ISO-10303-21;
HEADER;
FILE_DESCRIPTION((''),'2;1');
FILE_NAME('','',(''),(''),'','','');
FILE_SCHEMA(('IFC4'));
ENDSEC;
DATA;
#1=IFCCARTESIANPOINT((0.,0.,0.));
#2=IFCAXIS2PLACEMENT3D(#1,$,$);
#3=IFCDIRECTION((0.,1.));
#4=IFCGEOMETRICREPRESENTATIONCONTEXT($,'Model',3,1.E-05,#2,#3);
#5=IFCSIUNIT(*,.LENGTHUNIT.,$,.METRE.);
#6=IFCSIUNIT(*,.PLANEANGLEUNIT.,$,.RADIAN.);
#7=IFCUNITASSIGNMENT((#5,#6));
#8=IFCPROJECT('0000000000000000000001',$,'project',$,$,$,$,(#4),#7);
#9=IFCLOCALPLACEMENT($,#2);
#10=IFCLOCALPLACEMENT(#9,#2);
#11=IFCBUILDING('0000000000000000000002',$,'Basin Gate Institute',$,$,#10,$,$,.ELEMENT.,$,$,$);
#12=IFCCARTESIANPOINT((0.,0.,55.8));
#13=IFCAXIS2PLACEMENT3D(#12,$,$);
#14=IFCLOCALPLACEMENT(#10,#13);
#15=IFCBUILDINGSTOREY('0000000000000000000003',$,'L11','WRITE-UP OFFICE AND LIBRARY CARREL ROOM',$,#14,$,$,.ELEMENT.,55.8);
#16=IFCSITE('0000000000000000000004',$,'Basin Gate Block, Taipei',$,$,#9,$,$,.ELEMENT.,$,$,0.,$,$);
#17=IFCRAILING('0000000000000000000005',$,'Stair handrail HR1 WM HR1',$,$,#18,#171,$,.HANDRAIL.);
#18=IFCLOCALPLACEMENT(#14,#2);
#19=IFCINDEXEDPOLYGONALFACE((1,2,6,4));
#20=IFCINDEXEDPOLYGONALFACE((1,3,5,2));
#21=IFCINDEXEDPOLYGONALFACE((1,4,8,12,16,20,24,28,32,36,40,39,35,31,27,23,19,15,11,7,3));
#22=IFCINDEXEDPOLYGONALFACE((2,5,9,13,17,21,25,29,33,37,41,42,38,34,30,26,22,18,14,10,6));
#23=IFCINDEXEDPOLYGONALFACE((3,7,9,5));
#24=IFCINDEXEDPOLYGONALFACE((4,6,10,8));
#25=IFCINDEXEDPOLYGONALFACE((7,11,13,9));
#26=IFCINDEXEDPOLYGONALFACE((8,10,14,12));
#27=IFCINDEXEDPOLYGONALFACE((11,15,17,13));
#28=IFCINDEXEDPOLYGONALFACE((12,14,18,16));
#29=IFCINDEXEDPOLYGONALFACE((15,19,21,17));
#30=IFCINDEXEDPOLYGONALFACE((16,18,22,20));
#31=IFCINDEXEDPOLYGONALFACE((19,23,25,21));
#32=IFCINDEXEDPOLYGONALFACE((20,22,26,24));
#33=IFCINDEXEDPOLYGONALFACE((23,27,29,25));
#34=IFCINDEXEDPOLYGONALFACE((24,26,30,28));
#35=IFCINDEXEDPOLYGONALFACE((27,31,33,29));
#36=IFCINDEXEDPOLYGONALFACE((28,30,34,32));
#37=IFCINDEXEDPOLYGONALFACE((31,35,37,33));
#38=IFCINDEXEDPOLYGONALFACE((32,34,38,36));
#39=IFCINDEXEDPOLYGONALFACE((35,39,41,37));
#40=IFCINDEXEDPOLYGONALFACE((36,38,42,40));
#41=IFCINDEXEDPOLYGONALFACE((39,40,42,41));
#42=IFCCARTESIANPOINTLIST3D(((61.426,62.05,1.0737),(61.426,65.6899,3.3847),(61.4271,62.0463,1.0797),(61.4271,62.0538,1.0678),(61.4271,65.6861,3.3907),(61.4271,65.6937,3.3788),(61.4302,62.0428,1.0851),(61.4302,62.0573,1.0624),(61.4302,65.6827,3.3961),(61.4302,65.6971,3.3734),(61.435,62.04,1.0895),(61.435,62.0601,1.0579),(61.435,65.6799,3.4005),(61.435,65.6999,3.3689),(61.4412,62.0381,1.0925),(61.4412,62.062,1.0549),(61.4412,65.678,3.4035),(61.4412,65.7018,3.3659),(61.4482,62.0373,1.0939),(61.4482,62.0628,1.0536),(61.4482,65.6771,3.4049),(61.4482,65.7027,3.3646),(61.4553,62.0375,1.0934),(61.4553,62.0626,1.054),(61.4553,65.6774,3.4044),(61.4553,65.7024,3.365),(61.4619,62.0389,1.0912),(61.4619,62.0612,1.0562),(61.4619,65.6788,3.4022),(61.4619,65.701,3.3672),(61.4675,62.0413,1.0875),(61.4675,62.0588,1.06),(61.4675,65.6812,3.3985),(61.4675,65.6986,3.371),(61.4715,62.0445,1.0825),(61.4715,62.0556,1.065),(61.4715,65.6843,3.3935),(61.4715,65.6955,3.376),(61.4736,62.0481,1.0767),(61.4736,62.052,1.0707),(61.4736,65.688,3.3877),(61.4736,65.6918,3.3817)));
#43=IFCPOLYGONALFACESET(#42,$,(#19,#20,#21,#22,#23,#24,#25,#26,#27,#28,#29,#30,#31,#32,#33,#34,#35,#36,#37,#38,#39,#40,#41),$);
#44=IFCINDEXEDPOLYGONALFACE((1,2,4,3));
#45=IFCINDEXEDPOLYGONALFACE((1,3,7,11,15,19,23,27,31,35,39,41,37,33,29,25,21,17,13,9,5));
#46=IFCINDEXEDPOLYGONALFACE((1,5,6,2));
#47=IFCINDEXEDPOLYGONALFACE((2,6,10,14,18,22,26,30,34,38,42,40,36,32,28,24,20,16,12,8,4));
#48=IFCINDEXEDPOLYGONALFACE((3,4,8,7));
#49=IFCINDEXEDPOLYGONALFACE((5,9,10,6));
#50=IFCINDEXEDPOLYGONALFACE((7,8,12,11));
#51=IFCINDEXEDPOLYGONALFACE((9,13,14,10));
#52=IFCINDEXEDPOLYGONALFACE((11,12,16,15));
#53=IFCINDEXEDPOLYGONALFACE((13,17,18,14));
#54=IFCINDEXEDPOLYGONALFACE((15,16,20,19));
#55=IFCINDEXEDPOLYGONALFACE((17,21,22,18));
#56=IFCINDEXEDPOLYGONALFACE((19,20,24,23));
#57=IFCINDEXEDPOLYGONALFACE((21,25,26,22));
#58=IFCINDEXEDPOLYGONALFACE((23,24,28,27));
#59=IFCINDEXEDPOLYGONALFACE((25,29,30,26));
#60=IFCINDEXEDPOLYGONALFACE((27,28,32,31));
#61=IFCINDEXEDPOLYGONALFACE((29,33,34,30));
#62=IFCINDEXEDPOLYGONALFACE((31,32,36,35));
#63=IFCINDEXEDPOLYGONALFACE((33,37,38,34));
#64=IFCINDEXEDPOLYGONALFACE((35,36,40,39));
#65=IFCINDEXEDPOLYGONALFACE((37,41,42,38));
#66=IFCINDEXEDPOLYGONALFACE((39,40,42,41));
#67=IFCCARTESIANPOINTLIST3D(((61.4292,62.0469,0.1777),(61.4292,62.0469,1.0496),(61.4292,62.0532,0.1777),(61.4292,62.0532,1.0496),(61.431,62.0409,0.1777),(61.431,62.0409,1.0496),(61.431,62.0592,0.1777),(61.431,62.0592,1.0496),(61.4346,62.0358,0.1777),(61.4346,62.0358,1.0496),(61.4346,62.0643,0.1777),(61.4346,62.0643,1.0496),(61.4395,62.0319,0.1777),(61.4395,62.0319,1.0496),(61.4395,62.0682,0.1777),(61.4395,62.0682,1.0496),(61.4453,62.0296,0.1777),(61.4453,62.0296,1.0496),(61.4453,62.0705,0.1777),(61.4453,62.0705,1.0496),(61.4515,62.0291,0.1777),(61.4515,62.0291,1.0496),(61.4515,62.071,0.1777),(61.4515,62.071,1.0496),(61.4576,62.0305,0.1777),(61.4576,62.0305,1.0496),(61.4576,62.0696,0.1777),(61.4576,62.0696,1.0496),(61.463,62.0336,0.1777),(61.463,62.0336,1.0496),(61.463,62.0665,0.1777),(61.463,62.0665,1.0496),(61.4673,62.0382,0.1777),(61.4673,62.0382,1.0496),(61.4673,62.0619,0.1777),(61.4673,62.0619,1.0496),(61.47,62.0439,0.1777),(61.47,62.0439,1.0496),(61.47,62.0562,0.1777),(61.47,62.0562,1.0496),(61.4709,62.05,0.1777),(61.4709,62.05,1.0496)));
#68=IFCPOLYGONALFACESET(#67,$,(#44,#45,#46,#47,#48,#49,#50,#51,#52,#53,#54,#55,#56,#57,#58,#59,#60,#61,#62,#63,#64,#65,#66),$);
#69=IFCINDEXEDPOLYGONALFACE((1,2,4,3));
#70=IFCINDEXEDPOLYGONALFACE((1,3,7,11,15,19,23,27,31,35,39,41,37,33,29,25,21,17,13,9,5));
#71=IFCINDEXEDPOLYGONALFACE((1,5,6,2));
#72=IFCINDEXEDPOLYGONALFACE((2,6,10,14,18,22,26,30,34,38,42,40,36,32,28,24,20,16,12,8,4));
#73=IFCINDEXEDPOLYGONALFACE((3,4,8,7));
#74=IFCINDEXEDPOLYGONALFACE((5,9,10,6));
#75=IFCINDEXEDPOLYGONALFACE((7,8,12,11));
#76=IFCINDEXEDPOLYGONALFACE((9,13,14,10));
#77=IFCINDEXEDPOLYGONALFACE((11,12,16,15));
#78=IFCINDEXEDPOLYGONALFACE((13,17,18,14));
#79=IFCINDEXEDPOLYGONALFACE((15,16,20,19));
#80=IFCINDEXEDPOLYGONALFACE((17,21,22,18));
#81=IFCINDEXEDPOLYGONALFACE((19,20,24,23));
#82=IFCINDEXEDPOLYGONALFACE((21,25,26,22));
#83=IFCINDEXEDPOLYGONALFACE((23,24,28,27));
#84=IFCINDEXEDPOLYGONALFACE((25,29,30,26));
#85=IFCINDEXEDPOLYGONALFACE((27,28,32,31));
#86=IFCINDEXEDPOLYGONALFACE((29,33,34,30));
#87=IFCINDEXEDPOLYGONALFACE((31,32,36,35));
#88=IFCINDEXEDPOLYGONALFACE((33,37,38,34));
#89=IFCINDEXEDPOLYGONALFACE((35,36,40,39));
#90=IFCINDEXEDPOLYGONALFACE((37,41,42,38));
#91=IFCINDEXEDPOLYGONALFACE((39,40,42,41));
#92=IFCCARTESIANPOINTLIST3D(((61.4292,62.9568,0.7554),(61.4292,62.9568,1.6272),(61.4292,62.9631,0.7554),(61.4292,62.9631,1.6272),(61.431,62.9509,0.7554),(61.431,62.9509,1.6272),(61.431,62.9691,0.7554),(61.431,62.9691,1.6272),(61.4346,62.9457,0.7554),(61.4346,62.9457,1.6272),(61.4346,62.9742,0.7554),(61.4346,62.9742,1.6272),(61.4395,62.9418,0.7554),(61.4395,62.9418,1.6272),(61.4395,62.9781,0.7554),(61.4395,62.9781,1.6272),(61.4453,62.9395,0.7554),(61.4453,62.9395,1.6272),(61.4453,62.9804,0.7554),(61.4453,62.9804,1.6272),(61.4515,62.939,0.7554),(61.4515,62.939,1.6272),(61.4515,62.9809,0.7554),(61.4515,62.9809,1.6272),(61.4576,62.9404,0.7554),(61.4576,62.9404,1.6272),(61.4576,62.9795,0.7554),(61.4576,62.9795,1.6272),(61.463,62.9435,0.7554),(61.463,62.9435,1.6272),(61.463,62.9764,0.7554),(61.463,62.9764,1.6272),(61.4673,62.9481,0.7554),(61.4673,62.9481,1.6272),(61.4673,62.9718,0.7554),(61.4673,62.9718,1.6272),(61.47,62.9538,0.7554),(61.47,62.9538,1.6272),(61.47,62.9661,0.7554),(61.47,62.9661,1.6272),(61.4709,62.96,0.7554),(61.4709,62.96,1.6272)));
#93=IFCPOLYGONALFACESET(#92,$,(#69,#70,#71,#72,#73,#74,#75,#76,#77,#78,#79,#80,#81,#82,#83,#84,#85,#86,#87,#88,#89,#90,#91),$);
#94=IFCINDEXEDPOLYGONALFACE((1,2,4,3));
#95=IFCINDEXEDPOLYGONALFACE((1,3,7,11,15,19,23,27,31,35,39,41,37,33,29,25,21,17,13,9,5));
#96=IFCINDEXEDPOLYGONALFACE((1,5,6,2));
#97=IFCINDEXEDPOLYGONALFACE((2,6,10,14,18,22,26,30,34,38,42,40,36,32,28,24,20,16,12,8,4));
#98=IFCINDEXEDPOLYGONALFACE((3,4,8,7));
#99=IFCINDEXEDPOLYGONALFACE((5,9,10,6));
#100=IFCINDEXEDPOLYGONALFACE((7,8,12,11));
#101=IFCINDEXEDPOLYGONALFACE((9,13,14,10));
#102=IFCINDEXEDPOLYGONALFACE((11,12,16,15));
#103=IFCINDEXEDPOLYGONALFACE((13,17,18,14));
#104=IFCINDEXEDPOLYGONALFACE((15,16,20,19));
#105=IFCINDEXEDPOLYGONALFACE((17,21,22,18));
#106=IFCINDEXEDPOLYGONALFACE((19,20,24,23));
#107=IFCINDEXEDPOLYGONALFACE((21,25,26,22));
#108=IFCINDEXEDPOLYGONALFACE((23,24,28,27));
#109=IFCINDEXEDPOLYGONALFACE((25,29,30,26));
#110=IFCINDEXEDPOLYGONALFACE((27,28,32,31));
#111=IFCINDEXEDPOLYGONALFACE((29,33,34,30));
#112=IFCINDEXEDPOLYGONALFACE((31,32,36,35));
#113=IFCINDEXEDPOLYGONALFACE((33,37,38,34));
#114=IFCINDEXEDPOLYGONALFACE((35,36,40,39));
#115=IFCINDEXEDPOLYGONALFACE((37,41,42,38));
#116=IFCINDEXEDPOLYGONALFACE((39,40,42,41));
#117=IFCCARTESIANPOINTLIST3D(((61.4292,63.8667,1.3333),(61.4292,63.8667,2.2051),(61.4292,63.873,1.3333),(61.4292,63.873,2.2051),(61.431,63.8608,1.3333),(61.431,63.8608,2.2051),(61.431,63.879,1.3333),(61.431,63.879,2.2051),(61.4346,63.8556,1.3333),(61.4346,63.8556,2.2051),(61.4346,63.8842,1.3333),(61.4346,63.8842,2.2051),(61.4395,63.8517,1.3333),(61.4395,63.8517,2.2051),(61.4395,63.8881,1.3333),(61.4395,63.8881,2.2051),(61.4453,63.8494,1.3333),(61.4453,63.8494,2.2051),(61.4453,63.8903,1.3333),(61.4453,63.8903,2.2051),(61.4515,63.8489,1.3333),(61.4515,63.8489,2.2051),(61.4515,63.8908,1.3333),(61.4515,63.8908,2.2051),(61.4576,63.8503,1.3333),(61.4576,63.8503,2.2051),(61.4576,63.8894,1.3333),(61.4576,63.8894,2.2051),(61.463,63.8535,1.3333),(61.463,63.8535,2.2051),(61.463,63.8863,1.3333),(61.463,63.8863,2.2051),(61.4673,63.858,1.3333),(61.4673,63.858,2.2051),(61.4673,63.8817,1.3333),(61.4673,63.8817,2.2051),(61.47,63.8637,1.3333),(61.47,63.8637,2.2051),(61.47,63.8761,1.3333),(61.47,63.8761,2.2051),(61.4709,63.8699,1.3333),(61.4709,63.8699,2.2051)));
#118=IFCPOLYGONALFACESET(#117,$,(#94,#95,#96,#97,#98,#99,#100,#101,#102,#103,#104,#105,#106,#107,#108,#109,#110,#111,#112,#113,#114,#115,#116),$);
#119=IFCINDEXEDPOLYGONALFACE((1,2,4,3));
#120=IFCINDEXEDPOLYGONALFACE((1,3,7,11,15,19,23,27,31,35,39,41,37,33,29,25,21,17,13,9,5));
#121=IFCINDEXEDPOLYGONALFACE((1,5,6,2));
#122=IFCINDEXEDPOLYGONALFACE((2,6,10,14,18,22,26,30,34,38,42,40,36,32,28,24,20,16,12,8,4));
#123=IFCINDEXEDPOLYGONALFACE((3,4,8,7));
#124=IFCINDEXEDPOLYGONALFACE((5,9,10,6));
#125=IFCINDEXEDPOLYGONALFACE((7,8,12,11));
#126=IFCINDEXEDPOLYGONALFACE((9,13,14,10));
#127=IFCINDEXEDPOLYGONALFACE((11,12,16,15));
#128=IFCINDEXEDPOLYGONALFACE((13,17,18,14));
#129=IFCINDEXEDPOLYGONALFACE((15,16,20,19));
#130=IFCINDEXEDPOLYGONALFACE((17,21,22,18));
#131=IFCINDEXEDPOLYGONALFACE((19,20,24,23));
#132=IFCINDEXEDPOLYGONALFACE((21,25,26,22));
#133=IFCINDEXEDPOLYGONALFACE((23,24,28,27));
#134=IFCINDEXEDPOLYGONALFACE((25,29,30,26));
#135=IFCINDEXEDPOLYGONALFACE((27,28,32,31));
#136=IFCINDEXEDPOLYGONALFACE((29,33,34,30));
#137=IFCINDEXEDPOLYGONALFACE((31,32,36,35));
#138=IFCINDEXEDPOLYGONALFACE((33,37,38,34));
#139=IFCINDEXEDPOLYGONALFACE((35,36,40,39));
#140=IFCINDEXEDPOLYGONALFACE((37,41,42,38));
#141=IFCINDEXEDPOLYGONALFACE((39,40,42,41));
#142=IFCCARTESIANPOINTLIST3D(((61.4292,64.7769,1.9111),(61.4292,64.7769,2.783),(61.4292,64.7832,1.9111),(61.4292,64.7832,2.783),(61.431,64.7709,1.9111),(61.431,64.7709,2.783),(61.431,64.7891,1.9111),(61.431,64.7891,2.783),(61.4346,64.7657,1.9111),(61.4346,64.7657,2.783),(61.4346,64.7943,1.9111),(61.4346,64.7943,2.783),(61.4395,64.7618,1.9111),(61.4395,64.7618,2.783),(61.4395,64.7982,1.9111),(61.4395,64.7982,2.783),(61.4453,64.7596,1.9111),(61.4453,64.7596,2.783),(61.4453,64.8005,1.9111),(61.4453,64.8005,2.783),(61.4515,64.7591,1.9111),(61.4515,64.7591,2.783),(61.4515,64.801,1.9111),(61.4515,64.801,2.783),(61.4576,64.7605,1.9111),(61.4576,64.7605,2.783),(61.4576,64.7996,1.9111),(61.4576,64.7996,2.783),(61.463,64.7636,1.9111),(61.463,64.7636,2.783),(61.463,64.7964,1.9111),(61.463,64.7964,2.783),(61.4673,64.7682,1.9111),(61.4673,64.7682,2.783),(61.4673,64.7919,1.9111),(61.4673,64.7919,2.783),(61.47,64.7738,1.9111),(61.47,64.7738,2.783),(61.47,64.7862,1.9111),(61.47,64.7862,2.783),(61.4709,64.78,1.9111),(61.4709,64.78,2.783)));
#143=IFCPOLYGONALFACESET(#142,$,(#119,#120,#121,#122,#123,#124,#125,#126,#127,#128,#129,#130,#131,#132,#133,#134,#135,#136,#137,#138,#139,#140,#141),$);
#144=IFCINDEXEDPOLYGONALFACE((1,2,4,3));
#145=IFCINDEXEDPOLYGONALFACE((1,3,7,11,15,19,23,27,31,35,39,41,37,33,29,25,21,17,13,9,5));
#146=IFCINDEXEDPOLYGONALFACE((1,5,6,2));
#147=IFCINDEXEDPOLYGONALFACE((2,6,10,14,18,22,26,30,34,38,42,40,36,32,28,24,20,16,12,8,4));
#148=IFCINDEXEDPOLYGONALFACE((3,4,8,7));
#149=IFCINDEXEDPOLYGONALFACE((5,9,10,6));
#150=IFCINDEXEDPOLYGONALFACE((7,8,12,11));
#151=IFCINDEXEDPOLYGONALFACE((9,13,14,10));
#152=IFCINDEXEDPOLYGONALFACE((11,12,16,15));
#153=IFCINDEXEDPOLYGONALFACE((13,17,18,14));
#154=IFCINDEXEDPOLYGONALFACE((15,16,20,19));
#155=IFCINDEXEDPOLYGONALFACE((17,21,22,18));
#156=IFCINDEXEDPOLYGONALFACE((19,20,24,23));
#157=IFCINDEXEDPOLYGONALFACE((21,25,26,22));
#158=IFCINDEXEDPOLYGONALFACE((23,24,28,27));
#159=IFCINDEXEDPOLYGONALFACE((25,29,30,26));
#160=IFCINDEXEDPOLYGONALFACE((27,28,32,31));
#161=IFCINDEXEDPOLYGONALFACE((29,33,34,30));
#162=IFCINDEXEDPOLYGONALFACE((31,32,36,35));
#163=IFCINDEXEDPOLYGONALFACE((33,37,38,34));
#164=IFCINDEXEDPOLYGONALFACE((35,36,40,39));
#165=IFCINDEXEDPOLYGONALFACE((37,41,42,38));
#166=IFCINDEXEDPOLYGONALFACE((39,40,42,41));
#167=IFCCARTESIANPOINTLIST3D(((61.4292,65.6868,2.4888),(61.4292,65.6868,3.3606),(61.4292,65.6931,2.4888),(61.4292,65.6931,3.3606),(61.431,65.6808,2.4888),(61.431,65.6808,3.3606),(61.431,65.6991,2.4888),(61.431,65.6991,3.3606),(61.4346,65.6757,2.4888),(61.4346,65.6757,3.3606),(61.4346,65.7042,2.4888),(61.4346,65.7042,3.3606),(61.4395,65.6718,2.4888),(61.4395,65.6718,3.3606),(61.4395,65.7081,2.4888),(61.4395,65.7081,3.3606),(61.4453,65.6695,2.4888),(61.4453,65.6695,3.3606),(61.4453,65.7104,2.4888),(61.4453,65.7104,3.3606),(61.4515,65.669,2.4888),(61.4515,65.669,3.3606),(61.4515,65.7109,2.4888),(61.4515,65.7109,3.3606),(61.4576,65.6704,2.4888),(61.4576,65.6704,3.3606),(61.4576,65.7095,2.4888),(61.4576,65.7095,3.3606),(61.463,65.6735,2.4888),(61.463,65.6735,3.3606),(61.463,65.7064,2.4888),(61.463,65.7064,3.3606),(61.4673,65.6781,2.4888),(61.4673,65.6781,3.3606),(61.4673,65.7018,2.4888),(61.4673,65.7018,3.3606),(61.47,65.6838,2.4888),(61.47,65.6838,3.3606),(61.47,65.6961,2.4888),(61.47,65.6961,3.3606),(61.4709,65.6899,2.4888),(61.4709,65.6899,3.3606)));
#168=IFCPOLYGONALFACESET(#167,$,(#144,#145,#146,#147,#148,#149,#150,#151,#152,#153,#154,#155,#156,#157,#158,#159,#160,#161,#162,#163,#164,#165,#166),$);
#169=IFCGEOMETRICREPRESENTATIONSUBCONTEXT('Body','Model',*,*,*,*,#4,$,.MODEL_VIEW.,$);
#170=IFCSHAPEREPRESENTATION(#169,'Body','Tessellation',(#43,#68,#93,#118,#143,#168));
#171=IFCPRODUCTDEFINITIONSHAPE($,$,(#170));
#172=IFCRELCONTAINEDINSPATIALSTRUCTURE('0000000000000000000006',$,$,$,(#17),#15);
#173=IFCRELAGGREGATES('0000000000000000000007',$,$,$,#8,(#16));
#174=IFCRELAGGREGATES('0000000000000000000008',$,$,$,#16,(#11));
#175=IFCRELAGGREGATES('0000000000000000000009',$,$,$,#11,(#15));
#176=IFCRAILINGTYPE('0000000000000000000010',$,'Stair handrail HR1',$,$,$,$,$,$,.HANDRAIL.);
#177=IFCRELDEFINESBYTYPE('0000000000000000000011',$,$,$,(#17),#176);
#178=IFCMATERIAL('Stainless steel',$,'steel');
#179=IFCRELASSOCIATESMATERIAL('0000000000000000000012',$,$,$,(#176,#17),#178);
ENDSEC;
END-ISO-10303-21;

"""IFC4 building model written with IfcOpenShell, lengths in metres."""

from ifc_helpers import new_model, si_unit, direction, frame, origin, origin_2d, place, context, subcontext, project, spatial, circle, extrude, material, type_object, element, save


model = new_model("IFC4")

# Units and contexts
model_context = context("Model", 3, precision=1e-05, world=origin(), true_north=direction((0.0, 1.0)))
body_context = subcontext(model_context, "Body", "Model", "MODEL_VIEW")
ifc_project = project(units=[si_unit("LENGTHUNIT", "METRE"), si_unit("PLANEANGLEUNIT", "RADIAN")], contexts=[model_context])

# Site, building, storey
site_placement = place(None, origin())
site = spatial("IfcSite", under=ifc_project, at=site_placement, Name="Basin Gate Block, Taipei", CompositionType="ELEMENT", RefElevation=0.0)
building_placement = place(site_placement, origin())
building = spatial("IfcBuilding", under=site, at=building_placement, Name="Basin Gate Institute", CompositionType="ELEMENT")
storey_placement = place(building_placement, frame((0.0, 0.0, 55.8)))
storey = spatial("IfcBuildingStorey", under=building, at=storey_placement, Name="L11", Description="WRITE-UP OFFICE AND LIBRARY CARREL ROOM", CompositionType="ELEMENT", Elevation=55.8)

# Railing
ifc_material_1 = material(Name="Stainless steel", Category="steel")
railing_type_1 = type_object("IfcRailingType", Name="Stair handrail HR1", PredefinedType="HANDRAIL", material=ifc_material_1)
for number, where, name in (
    (1, (61.45, 62.05, 0.1777), "Stair handrail HR1 WM HR1"),
):
    element("IfcRailing", number, at=place(storey_placement, frame(where)), inside=storey, type_object=railing_type_1, material=ifc_material_1, Name=name, PredefinedType="HANDRAIL", context=body_context, shape_type="SweptSolid", body=[
        extrude(circle(Radius=0.0239, at=origin_2d()), frame((0.0, 0.0, 0.896), z_axis=(0.0, 0.844214, 0.536007), x_axis=(-1.0, 0.0, 0.0)), (0.0, 0.0, 1.0), 4.3115),
        extrude(circle(Radius=0.021, at=origin_2d()), origin(), (0.0, 0.0, 1.0), 0.8718),
        extrude(circle(Radius=0.021, at=origin_2d()), frame((0.0, 0.9099, 0.5776)), (0.0, 0.0, 1.0), 0.8718),
        extrude(circle(Radius=0.021, at=origin_2d()), frame((0.0, 1.8198, 1.1555)), (0.0, 0.0, 1.0), 0.8718),
        extrude(circle(Radius=0.021, at=origin_2d()), frame((0.0, 2.73, 1.7334)), (0.0, 0.0, 1.0), 0.8718),
        extrude(circle(Radius=0.021, at=origin_2d()), frame((0.0, 3.6399, 2.311)), (0.0, 0.0, 1.0), 0.8718),
    ])

save(model, "model.ifc")
